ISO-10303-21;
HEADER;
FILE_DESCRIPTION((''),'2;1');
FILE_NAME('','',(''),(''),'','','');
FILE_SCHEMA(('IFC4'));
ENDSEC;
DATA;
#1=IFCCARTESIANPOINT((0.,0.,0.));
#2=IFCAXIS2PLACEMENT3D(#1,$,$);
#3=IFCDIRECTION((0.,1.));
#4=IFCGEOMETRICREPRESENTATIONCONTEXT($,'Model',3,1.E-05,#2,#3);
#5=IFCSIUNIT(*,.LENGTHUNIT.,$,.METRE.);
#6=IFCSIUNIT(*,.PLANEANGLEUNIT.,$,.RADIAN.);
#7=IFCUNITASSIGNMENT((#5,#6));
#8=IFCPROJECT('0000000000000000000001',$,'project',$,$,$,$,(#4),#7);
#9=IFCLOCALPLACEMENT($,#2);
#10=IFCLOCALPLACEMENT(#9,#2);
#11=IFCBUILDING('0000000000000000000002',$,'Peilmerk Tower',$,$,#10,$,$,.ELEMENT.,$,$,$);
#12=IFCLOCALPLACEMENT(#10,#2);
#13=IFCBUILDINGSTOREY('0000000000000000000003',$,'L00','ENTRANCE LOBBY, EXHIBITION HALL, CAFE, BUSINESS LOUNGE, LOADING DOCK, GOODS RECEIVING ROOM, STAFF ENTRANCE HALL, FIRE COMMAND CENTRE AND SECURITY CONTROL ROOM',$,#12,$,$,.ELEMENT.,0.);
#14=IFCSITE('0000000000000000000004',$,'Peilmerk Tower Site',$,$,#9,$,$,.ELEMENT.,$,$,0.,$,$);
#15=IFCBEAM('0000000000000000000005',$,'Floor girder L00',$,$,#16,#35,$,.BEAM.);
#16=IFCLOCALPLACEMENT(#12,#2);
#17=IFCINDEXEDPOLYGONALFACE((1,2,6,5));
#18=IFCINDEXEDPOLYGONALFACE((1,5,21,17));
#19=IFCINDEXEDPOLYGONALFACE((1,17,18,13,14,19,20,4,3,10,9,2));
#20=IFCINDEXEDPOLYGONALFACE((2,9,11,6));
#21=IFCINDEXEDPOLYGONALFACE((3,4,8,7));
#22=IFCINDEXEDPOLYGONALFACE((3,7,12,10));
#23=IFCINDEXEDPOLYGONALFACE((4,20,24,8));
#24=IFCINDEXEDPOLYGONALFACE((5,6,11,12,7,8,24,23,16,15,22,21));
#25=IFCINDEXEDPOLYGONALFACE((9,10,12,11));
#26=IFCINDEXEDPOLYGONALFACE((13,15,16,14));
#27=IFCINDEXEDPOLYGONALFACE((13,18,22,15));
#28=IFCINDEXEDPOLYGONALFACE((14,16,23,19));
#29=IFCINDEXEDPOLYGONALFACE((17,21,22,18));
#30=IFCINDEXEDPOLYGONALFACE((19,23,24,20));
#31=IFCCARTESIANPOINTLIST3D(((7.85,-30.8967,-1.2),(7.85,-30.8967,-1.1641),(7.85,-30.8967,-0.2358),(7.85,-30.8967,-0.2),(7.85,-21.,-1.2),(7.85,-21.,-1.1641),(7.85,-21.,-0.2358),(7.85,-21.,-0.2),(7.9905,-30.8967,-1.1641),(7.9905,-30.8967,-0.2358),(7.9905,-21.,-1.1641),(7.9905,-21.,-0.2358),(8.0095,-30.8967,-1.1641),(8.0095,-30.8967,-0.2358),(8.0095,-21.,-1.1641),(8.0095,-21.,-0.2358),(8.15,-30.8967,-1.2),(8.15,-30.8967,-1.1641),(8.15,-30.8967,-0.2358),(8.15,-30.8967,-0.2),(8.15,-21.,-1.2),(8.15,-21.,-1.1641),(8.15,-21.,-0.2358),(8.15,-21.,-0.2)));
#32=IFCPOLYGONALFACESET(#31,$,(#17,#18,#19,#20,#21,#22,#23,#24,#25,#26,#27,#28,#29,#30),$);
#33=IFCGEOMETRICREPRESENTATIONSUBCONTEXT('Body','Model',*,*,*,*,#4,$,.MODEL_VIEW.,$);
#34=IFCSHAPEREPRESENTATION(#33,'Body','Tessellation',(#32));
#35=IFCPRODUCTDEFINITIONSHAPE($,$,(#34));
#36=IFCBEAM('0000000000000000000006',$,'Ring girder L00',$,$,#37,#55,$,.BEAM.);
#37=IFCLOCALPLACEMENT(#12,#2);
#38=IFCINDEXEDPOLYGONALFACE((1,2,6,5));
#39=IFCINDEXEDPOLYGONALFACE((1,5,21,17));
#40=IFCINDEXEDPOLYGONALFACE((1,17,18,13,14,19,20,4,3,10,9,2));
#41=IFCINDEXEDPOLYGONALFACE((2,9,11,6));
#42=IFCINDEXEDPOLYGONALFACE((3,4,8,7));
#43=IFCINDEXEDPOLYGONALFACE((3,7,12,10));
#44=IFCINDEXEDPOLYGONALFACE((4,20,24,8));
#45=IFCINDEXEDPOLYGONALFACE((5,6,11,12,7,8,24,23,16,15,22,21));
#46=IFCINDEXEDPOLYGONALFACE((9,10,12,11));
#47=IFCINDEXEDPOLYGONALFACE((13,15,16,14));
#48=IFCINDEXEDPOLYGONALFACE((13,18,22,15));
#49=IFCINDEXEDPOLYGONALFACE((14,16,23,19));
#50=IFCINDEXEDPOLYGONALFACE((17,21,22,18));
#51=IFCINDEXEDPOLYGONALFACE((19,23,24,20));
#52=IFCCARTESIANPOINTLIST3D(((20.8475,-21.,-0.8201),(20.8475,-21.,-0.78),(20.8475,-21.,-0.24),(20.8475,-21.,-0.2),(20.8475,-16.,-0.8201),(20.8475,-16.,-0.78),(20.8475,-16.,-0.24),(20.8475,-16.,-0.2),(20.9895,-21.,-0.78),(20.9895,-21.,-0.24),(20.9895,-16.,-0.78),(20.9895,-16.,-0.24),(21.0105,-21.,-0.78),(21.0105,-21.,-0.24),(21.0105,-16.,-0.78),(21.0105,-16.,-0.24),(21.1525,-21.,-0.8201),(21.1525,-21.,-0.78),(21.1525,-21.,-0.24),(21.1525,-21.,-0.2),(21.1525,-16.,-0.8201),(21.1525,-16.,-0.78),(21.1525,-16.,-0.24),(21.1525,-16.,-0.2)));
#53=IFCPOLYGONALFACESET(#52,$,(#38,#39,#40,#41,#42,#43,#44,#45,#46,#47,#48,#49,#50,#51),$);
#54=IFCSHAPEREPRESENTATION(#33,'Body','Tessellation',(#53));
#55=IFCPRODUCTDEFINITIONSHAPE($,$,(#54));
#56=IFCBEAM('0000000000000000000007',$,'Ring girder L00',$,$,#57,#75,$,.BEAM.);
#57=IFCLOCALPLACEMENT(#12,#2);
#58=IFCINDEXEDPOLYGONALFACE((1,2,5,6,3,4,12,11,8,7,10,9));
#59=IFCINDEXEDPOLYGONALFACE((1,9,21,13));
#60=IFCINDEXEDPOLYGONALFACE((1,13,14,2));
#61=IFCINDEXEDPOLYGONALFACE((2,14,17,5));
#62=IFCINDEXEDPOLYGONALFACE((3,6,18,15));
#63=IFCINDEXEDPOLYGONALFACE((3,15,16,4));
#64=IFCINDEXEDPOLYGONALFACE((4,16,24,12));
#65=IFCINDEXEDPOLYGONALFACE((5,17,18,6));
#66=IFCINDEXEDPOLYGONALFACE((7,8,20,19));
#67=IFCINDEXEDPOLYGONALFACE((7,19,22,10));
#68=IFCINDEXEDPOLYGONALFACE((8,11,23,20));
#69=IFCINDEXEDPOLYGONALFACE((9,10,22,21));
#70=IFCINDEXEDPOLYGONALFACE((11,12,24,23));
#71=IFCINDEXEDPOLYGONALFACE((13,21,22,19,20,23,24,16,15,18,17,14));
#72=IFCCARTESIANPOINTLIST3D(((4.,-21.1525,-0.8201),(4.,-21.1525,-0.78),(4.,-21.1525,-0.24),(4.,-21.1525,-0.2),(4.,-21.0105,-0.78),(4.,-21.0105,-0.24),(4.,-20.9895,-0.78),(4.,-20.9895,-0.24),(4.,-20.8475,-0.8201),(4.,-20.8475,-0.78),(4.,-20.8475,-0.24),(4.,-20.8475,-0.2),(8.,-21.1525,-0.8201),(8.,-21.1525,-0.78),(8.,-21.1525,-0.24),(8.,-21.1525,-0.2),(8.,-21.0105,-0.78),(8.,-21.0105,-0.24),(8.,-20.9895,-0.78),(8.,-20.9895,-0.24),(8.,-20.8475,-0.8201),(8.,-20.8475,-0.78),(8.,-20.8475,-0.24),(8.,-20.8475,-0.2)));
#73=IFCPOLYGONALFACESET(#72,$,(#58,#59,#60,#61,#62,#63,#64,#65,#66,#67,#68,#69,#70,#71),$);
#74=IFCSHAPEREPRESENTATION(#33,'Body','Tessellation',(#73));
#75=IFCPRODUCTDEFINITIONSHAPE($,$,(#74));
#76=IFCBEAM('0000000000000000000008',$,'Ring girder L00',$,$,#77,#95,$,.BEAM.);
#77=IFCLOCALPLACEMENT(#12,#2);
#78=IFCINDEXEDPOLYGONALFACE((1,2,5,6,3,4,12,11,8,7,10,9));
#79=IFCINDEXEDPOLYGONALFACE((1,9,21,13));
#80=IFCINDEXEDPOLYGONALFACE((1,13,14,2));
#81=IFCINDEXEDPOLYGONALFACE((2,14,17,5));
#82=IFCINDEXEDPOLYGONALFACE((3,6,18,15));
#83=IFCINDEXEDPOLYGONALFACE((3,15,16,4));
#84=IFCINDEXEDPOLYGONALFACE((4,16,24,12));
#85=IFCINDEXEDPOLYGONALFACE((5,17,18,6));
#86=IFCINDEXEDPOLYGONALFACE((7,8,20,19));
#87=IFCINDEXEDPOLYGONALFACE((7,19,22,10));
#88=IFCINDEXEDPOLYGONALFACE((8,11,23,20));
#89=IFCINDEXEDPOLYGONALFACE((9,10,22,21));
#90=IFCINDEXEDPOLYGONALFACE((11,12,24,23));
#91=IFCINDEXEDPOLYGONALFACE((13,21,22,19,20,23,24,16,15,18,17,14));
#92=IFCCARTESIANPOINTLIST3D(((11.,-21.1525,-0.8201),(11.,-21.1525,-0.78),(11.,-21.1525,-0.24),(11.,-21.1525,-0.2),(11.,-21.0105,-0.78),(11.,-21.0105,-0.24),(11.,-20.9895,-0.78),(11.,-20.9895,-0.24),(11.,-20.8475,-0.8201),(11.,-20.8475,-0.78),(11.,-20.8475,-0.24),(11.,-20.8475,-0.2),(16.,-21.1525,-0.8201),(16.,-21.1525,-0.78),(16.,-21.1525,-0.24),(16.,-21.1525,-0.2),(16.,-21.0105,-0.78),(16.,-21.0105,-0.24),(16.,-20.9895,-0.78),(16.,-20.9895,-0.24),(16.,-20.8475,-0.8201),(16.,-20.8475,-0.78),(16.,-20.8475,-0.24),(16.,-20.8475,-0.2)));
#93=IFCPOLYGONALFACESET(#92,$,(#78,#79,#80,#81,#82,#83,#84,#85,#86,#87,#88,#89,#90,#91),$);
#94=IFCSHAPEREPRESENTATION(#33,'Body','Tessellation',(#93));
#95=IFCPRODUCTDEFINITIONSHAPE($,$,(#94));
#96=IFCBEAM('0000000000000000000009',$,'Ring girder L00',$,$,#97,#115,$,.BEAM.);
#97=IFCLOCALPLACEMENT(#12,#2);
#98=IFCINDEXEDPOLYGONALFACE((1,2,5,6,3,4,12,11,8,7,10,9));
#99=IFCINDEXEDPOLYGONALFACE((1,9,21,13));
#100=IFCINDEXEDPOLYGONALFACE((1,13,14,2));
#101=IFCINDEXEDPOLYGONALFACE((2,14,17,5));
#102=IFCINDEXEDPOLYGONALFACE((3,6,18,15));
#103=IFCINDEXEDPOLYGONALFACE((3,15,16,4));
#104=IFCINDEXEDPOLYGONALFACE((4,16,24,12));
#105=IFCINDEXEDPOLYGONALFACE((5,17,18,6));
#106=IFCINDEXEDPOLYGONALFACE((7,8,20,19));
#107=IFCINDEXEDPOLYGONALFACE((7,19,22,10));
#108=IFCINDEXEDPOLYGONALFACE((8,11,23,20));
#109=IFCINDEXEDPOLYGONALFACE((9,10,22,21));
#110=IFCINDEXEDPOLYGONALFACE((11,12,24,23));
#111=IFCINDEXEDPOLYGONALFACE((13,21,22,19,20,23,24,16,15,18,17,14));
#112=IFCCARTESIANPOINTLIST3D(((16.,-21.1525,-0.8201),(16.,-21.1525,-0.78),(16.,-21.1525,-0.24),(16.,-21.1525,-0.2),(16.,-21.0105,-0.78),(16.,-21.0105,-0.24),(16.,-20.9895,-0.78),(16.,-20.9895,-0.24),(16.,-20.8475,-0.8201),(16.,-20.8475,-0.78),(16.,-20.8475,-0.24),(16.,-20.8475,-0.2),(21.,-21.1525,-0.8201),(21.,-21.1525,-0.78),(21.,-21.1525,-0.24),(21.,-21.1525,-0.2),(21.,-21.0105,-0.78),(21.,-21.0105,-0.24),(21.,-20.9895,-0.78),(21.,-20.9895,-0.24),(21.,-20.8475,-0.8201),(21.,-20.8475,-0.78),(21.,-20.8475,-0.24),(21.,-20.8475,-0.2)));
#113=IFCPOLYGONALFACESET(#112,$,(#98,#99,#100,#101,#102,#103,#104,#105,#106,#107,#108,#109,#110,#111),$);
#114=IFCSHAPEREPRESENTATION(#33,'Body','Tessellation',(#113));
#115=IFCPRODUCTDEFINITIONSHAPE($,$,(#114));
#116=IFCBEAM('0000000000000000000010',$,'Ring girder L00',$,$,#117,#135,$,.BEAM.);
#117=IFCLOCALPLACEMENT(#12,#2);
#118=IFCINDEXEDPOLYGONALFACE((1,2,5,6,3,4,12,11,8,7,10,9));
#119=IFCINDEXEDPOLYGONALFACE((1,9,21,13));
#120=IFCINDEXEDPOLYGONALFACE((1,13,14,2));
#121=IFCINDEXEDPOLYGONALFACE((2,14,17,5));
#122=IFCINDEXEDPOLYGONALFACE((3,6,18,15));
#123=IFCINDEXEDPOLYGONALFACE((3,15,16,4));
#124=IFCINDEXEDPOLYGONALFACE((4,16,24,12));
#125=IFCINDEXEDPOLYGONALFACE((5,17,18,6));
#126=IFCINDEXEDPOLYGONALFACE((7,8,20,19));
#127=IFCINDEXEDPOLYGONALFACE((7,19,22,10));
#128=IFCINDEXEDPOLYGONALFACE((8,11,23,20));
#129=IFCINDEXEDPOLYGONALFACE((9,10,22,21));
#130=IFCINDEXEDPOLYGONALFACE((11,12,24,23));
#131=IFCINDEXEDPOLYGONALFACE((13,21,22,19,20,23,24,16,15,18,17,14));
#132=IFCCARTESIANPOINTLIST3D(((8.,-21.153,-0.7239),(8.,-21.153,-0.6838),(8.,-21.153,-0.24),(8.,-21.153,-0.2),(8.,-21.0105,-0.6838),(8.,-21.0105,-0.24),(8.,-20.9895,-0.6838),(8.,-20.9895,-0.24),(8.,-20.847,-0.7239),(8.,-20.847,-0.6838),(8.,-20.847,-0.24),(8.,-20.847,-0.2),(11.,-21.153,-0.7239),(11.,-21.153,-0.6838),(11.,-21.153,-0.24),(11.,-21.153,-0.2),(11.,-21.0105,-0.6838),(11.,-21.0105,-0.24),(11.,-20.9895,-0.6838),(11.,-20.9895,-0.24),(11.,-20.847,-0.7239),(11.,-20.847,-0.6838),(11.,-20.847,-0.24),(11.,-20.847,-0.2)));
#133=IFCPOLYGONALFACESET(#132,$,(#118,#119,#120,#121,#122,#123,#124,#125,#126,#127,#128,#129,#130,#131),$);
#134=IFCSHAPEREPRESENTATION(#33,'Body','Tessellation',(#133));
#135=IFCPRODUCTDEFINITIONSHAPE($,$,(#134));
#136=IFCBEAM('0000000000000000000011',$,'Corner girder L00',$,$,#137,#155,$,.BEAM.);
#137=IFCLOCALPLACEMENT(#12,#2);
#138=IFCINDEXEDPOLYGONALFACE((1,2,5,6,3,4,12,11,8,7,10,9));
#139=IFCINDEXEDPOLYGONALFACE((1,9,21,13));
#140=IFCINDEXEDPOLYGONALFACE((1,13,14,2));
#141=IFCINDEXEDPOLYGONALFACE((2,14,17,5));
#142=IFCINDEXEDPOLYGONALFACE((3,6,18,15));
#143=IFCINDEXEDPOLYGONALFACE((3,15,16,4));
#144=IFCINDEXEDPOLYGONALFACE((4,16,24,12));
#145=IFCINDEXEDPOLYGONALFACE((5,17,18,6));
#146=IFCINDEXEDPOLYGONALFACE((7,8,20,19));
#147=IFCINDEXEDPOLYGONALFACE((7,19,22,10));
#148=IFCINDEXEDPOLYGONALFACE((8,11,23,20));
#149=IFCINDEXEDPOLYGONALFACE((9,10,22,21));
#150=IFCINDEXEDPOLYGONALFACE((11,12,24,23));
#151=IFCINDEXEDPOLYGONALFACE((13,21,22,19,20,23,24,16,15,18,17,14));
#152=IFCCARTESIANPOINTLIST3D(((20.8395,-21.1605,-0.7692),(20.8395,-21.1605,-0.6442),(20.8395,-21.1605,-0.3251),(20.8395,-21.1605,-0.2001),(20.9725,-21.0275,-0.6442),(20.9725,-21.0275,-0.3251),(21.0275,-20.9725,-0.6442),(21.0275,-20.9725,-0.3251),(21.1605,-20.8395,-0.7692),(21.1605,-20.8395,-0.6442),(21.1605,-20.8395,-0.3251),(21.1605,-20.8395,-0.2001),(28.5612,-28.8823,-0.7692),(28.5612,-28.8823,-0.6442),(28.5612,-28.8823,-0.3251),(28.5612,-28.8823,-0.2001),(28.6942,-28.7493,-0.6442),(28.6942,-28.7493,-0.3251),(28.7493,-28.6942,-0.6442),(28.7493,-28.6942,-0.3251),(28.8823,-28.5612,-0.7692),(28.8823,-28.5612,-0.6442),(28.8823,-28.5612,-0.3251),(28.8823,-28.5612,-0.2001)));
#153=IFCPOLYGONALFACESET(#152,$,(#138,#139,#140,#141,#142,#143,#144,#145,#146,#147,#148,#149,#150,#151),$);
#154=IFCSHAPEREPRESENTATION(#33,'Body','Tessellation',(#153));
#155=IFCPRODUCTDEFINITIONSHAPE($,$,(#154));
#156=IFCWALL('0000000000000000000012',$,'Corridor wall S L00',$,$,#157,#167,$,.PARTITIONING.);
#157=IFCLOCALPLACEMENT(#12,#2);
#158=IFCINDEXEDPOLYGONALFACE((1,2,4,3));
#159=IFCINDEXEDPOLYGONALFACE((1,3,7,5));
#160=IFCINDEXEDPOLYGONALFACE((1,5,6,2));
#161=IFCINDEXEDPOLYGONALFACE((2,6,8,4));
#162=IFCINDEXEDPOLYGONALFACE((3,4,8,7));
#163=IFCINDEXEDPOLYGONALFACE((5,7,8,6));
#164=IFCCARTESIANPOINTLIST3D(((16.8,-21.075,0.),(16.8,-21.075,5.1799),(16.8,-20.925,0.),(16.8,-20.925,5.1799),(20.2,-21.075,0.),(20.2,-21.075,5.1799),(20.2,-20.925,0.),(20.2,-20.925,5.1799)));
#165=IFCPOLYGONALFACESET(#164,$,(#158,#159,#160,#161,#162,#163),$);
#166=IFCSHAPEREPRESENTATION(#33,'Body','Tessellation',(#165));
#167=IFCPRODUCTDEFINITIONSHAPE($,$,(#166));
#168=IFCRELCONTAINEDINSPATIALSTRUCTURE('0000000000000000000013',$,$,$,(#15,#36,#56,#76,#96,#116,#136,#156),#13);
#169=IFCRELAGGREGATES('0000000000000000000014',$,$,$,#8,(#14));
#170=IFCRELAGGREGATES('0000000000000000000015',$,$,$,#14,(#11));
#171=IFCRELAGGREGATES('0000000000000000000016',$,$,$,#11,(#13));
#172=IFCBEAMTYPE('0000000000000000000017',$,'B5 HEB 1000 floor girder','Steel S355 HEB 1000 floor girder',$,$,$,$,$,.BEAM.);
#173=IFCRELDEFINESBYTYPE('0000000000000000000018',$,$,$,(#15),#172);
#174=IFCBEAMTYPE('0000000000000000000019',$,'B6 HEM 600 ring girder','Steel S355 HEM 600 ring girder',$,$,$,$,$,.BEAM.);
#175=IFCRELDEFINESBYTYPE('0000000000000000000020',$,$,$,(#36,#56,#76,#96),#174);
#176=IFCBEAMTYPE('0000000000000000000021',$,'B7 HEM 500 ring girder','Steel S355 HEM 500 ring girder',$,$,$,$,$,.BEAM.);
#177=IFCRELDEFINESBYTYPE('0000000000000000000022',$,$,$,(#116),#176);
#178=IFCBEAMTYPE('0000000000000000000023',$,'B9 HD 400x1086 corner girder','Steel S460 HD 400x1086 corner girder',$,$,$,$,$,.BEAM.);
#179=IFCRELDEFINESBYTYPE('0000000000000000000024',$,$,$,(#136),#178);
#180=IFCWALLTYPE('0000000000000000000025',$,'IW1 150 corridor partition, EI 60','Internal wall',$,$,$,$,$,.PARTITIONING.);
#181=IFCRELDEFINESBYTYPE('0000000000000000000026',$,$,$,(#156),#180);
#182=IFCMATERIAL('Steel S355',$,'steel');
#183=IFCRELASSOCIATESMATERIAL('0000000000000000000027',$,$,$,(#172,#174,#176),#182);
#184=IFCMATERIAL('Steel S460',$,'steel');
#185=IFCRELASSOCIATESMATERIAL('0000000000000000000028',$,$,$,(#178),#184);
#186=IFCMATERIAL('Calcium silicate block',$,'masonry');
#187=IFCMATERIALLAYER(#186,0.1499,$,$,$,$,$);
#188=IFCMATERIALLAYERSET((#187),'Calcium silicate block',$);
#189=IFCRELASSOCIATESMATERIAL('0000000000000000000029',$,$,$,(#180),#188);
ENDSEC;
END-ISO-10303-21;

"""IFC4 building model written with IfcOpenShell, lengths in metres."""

from ifc_helpers import new_model, si_unit, direction, frame, frame_2d, origin, origin_2d, place, context, subcontext, project, spatial, rectangle, i_section, extrude, material, layer, layer_set, material_profile, profile_set, type_object, element, save


model = new_model("IFC4")

# Units and contexts
model_context = context("Model", 3, precision=1e-05, world=origin(), true_north=direction((0.0, 1.0)))
body_context = subcontext(model_context, "Body", "Model", "MODEL_VIEW")
ifc_project = project(units=[si_unit("LENGTHUNIT", "METRE"), si_unit("PLANEANGLEUNIT", "RADIAN")], contexts=[model_context])

# Site, building, storey
site_placement = place(None, origin())
site = spatial("IfcSite", under=ifc_project, at=site_placement, Name="Peilmerk Tower Site", CompositionType="ELEMENT", RefElevation=0.0)
building_placement = place(site_placement, origin())
building = spatial("IfcBuilding", under=site, at=building_placement, Name="Peilmerk Tower", CompositionType="ELEMENT")
storey_placement = place(building_placement, origin())
storey = spatial("IfcBuildingStorey", under=building, at=storey_placement, Name="L00", Description="ENTRANCE LOBBY, EXHIBITION HALL, CAFE, BUSINESS LOUNGE, LOADING DOCK, GOODS RECEIVING ROOM, STAFF ENTRANCE HALL, FIRE COMMAND CENTRE AND SECURITY CONTROL ROOM", CompositionType="ELEMENT", Elevation=0.0)

# Beams
ifc_material_1 = material(Name="Steel S355", Category="steel")
ifc_material_profile_1 = material_profile(ifc_material_1, i_section(OverallWidth=0.3, OverallDepth=1.0, WebThickness=0.019, FlangeThickness=0.0359, at=origin_2d()), Name="HEB 1000")
ifc_profile_set_1 = profile_set([ifc_material_profile_1], Name="Steel S355")
beam_type_1 = type_object("IfcBeamType", Name="B5 HEB 1000 floor girder", Description="Steel S355 HEB 1000 floor girder", PredefinedType="BEAM", material=ifc_profile_set_1)
beam_1_placement = place(storey_placement, frame((8.0, -21.0, -0.7), z_axis=(0.0, -1.0, 0.0), x_axis=(1.0, 0.0, 0.0)))
element("IfcBeam", 1, at=beam_1_placement, inside=storey, type_object=beam_type_1, Name="Floor girder L00", PredefinedType="BEAM", context=body_context, shape_type="SweptSolid", body=[
    extrude(i_section(OverallWidth=0.3, OverallDepth=1.0, WebThickness=0.019, FlangeThickness=0.0359, at=origin_2d()), origin(), (0.0, 0.0, 1.0), 9.8967),
])
ifc_material_profile_2 = material_profile(ifc_material_1, i_section(OverallWidth=0.3049, OverallDepth=0.6201, WebThickness=0.021, FlangeThickness=0.04, at=origin_2d()), Name="HEM 600")
ifc_profile_set_2 = profile_set([ifc_material_profile_2], Name="Steel S355")
beam_type_2 = type_object("IfcBeamType", Name="B6 HEM 600 ring girder", Description="Steel S355 HEM 600 ring girder", PredefinedType="BEAM", material=ifc_profile_set_2)
beam_2_placement = place(storey_placement, frame((21.0, -21.0, -0.51), z_axis=(0.0, 1.0, 0.0), x_axis=(-1.0, 0.0, 0.0)))
element("IfcBeam", 2, at=beam_2_placement, inside=storey, type_object=beam_type_2, Name="Ring girder L00", PredefinedType="BEAM", context=body_context, shape_type="SweptSolid", body=[
    extrude(i_section(OverallWidth=0.3049, OverallDepth=0.6201, WebThickness=0.021, FlangeThickness=0.04, at=origin_2d()), origin(), (0.0, 0.0, 1.0), 5.0),
])
beam_3_placement = place(storey_placement, frame((4.0, -21.0, -0.51), z_axis=(1.0, 0.0, 0.0), x_axis=(0.0, 1.0, 0.0)))
element("IfcBeam", 3, at=beam_3_placement, inside=storey, type_object=beam_type_2, Name="Ring girder L00", PredefinedType="BEAM", context=body_context, shape_type="SweptSolid", body=[
    extrude(i_section(OverallWidth=0.3049, OverallDepth=0.6201, WebThickness=0.021, FlangeThickness=0.04, at=origin_2d()), origin(), (0.0, 0.0, 1.0), 4.0),
])
for number, where, z_axis, x_axis, name in (
    (4, (11.0, -21.0, -0.51), (1.0, 0.0, 0.0), (0.0, 1.0, 0.0), "Ring girder L00"),
    (5, (16.0, -21.0, -0.51), (1.0, 0.0, 0.0), (0.0, 1.0, 0.0), "Ring girder L00"),
):
    element("IfcBeam", number, at=place(storey_placement, frame(where, z_axis=z_axis, x_axis=x_axis)), inside=storey, type_object=beam_type_2, Name=name, PredefinedType="BEAM", context=body_context, shape_type="SweptSolid", body=[
        extrude(i_section(OverallWidth=0.3049, OverallDepth=0.6201, WebThickness=0.021, FlangeThickness=0.04, at=origin_2d()), origin(), (0.0, 0.0, 1.0), 5.0),
    ])
ifc_material_profile_3 = material_profile(ifc_material_1, i_section(OverallWidth=0.3059, OverallDepth=0.5239, WebThickness=0.021, FlangeThickness=0.04, at=origin_2d()), Name="HEM 500")
ifc_profile_set_3 = profile_set([ifc_material_profile_3], Name="Steel S355")
beam_type_3 = type_object("IfcBeamType", Name="B7 HEM 500 ring girder", Description="Steel S355 HEM 500 ring girder", PredefinedType="BEAM", material=ifc_profile_set_3)
beam_4_placement = place(storey_placement, frame((8.0, -21.0, -0.4619), z_axis=(1.0, 0.0, 0.0), x_axis=(0.0, 1.0, 0.0)))
element("IfcBeam", 6, at=beam_4_placement, inside=storey, type_object=beam_type_3, Name="Ring girder L00", PredefinedType="BEAM", context=body_context, shape_type="SweptSolid", body=[
    extrude(i_section(OverallWidth=0.3059, OverallDepth=0.5239, WebThickness=0.021, FlangeThickness=0.04, at=origin_2d()), origin(), (0.0, 0.0, 1.0), 3.0),
])
ifc_material_2 = material(Name="Steel S460", Category="steel")
ifc_material_profile_4 = material_profile(ifc_material_2, i_section(OverallWidth=0.4541, OverallDepth=0.5691, WebThickness=0.0779, FlangeThickness=0.125, at=origin_2d()), Name="HD 400x1086")
ifc_profile_set_4 = profile_set([ifc_material_profile_4], Name="Steel S460")
beam_type_4 = type_object("IfcBeamType", Name="B9 HD 400x1086 corner girder", Description="Steel S460 HD 400x1086 corner girder", PredefinedType="BEAM", material=ifc_profile_set_4)
beam_5_placement = place(storey_placement, frame((21.0, -21.0, -0.4846), z_axis=(0.707107, -0.707107, 0.0), x_axis=(0.707107, 0.707107, 0.0)))
element("IfcBeam", 7, at=beam_5_placement, inside=storey, type_object=beam_type_4, Name="Corner girder L00", PredefinedType="BEAM", context=body_context, shape_type="SweptSolid", body=[
    extrude(i_section(OverallWidth=0.4541, OverallDepth=0.5691, WebThickness=0.0779, FlangeThickness=0.125, at=origin_2d()), origin(), (0.0, 0.0, 1.0), 10.9202),
])

# Wall
ifc_material_3 = material(Name="Calcium silicate block", Category="masonry")
ifc_layer = layer(ifc_material_3, 0.1499)
ifc_layer_set = layer_set([ifc_layer], Name="Calcium silicate block")
wall_type = type_object("IfcWallType", Name="IW1 150 corridor partition, EI 60", Description="Internal wall", PredefinedType="PARTITIONING", material=ifc_layer_set)
wall_1_placement = place(storey_placement, frame((20.2, -21.0, 0.0), z_axis=(0.0, 0.0, 1.0), x_axis=(-1.0, 0.0, 0.0)))
element("IfcWall", 8, at=wall_1_placement, inside=storey, type_object=wall_type, Name="Corridor wall S L00", PredefinedType="PARTITIONING", context=body_context, shape_type="SweptSolid", body=[
    extrude(rectangle(XDim=3.3999, YDim=0.1499, at=frame_2d((1.7, 0.0))), origin(), (0.0, 0.0, 1.0), 5.1799),
])

save(model, "model.ifc")
